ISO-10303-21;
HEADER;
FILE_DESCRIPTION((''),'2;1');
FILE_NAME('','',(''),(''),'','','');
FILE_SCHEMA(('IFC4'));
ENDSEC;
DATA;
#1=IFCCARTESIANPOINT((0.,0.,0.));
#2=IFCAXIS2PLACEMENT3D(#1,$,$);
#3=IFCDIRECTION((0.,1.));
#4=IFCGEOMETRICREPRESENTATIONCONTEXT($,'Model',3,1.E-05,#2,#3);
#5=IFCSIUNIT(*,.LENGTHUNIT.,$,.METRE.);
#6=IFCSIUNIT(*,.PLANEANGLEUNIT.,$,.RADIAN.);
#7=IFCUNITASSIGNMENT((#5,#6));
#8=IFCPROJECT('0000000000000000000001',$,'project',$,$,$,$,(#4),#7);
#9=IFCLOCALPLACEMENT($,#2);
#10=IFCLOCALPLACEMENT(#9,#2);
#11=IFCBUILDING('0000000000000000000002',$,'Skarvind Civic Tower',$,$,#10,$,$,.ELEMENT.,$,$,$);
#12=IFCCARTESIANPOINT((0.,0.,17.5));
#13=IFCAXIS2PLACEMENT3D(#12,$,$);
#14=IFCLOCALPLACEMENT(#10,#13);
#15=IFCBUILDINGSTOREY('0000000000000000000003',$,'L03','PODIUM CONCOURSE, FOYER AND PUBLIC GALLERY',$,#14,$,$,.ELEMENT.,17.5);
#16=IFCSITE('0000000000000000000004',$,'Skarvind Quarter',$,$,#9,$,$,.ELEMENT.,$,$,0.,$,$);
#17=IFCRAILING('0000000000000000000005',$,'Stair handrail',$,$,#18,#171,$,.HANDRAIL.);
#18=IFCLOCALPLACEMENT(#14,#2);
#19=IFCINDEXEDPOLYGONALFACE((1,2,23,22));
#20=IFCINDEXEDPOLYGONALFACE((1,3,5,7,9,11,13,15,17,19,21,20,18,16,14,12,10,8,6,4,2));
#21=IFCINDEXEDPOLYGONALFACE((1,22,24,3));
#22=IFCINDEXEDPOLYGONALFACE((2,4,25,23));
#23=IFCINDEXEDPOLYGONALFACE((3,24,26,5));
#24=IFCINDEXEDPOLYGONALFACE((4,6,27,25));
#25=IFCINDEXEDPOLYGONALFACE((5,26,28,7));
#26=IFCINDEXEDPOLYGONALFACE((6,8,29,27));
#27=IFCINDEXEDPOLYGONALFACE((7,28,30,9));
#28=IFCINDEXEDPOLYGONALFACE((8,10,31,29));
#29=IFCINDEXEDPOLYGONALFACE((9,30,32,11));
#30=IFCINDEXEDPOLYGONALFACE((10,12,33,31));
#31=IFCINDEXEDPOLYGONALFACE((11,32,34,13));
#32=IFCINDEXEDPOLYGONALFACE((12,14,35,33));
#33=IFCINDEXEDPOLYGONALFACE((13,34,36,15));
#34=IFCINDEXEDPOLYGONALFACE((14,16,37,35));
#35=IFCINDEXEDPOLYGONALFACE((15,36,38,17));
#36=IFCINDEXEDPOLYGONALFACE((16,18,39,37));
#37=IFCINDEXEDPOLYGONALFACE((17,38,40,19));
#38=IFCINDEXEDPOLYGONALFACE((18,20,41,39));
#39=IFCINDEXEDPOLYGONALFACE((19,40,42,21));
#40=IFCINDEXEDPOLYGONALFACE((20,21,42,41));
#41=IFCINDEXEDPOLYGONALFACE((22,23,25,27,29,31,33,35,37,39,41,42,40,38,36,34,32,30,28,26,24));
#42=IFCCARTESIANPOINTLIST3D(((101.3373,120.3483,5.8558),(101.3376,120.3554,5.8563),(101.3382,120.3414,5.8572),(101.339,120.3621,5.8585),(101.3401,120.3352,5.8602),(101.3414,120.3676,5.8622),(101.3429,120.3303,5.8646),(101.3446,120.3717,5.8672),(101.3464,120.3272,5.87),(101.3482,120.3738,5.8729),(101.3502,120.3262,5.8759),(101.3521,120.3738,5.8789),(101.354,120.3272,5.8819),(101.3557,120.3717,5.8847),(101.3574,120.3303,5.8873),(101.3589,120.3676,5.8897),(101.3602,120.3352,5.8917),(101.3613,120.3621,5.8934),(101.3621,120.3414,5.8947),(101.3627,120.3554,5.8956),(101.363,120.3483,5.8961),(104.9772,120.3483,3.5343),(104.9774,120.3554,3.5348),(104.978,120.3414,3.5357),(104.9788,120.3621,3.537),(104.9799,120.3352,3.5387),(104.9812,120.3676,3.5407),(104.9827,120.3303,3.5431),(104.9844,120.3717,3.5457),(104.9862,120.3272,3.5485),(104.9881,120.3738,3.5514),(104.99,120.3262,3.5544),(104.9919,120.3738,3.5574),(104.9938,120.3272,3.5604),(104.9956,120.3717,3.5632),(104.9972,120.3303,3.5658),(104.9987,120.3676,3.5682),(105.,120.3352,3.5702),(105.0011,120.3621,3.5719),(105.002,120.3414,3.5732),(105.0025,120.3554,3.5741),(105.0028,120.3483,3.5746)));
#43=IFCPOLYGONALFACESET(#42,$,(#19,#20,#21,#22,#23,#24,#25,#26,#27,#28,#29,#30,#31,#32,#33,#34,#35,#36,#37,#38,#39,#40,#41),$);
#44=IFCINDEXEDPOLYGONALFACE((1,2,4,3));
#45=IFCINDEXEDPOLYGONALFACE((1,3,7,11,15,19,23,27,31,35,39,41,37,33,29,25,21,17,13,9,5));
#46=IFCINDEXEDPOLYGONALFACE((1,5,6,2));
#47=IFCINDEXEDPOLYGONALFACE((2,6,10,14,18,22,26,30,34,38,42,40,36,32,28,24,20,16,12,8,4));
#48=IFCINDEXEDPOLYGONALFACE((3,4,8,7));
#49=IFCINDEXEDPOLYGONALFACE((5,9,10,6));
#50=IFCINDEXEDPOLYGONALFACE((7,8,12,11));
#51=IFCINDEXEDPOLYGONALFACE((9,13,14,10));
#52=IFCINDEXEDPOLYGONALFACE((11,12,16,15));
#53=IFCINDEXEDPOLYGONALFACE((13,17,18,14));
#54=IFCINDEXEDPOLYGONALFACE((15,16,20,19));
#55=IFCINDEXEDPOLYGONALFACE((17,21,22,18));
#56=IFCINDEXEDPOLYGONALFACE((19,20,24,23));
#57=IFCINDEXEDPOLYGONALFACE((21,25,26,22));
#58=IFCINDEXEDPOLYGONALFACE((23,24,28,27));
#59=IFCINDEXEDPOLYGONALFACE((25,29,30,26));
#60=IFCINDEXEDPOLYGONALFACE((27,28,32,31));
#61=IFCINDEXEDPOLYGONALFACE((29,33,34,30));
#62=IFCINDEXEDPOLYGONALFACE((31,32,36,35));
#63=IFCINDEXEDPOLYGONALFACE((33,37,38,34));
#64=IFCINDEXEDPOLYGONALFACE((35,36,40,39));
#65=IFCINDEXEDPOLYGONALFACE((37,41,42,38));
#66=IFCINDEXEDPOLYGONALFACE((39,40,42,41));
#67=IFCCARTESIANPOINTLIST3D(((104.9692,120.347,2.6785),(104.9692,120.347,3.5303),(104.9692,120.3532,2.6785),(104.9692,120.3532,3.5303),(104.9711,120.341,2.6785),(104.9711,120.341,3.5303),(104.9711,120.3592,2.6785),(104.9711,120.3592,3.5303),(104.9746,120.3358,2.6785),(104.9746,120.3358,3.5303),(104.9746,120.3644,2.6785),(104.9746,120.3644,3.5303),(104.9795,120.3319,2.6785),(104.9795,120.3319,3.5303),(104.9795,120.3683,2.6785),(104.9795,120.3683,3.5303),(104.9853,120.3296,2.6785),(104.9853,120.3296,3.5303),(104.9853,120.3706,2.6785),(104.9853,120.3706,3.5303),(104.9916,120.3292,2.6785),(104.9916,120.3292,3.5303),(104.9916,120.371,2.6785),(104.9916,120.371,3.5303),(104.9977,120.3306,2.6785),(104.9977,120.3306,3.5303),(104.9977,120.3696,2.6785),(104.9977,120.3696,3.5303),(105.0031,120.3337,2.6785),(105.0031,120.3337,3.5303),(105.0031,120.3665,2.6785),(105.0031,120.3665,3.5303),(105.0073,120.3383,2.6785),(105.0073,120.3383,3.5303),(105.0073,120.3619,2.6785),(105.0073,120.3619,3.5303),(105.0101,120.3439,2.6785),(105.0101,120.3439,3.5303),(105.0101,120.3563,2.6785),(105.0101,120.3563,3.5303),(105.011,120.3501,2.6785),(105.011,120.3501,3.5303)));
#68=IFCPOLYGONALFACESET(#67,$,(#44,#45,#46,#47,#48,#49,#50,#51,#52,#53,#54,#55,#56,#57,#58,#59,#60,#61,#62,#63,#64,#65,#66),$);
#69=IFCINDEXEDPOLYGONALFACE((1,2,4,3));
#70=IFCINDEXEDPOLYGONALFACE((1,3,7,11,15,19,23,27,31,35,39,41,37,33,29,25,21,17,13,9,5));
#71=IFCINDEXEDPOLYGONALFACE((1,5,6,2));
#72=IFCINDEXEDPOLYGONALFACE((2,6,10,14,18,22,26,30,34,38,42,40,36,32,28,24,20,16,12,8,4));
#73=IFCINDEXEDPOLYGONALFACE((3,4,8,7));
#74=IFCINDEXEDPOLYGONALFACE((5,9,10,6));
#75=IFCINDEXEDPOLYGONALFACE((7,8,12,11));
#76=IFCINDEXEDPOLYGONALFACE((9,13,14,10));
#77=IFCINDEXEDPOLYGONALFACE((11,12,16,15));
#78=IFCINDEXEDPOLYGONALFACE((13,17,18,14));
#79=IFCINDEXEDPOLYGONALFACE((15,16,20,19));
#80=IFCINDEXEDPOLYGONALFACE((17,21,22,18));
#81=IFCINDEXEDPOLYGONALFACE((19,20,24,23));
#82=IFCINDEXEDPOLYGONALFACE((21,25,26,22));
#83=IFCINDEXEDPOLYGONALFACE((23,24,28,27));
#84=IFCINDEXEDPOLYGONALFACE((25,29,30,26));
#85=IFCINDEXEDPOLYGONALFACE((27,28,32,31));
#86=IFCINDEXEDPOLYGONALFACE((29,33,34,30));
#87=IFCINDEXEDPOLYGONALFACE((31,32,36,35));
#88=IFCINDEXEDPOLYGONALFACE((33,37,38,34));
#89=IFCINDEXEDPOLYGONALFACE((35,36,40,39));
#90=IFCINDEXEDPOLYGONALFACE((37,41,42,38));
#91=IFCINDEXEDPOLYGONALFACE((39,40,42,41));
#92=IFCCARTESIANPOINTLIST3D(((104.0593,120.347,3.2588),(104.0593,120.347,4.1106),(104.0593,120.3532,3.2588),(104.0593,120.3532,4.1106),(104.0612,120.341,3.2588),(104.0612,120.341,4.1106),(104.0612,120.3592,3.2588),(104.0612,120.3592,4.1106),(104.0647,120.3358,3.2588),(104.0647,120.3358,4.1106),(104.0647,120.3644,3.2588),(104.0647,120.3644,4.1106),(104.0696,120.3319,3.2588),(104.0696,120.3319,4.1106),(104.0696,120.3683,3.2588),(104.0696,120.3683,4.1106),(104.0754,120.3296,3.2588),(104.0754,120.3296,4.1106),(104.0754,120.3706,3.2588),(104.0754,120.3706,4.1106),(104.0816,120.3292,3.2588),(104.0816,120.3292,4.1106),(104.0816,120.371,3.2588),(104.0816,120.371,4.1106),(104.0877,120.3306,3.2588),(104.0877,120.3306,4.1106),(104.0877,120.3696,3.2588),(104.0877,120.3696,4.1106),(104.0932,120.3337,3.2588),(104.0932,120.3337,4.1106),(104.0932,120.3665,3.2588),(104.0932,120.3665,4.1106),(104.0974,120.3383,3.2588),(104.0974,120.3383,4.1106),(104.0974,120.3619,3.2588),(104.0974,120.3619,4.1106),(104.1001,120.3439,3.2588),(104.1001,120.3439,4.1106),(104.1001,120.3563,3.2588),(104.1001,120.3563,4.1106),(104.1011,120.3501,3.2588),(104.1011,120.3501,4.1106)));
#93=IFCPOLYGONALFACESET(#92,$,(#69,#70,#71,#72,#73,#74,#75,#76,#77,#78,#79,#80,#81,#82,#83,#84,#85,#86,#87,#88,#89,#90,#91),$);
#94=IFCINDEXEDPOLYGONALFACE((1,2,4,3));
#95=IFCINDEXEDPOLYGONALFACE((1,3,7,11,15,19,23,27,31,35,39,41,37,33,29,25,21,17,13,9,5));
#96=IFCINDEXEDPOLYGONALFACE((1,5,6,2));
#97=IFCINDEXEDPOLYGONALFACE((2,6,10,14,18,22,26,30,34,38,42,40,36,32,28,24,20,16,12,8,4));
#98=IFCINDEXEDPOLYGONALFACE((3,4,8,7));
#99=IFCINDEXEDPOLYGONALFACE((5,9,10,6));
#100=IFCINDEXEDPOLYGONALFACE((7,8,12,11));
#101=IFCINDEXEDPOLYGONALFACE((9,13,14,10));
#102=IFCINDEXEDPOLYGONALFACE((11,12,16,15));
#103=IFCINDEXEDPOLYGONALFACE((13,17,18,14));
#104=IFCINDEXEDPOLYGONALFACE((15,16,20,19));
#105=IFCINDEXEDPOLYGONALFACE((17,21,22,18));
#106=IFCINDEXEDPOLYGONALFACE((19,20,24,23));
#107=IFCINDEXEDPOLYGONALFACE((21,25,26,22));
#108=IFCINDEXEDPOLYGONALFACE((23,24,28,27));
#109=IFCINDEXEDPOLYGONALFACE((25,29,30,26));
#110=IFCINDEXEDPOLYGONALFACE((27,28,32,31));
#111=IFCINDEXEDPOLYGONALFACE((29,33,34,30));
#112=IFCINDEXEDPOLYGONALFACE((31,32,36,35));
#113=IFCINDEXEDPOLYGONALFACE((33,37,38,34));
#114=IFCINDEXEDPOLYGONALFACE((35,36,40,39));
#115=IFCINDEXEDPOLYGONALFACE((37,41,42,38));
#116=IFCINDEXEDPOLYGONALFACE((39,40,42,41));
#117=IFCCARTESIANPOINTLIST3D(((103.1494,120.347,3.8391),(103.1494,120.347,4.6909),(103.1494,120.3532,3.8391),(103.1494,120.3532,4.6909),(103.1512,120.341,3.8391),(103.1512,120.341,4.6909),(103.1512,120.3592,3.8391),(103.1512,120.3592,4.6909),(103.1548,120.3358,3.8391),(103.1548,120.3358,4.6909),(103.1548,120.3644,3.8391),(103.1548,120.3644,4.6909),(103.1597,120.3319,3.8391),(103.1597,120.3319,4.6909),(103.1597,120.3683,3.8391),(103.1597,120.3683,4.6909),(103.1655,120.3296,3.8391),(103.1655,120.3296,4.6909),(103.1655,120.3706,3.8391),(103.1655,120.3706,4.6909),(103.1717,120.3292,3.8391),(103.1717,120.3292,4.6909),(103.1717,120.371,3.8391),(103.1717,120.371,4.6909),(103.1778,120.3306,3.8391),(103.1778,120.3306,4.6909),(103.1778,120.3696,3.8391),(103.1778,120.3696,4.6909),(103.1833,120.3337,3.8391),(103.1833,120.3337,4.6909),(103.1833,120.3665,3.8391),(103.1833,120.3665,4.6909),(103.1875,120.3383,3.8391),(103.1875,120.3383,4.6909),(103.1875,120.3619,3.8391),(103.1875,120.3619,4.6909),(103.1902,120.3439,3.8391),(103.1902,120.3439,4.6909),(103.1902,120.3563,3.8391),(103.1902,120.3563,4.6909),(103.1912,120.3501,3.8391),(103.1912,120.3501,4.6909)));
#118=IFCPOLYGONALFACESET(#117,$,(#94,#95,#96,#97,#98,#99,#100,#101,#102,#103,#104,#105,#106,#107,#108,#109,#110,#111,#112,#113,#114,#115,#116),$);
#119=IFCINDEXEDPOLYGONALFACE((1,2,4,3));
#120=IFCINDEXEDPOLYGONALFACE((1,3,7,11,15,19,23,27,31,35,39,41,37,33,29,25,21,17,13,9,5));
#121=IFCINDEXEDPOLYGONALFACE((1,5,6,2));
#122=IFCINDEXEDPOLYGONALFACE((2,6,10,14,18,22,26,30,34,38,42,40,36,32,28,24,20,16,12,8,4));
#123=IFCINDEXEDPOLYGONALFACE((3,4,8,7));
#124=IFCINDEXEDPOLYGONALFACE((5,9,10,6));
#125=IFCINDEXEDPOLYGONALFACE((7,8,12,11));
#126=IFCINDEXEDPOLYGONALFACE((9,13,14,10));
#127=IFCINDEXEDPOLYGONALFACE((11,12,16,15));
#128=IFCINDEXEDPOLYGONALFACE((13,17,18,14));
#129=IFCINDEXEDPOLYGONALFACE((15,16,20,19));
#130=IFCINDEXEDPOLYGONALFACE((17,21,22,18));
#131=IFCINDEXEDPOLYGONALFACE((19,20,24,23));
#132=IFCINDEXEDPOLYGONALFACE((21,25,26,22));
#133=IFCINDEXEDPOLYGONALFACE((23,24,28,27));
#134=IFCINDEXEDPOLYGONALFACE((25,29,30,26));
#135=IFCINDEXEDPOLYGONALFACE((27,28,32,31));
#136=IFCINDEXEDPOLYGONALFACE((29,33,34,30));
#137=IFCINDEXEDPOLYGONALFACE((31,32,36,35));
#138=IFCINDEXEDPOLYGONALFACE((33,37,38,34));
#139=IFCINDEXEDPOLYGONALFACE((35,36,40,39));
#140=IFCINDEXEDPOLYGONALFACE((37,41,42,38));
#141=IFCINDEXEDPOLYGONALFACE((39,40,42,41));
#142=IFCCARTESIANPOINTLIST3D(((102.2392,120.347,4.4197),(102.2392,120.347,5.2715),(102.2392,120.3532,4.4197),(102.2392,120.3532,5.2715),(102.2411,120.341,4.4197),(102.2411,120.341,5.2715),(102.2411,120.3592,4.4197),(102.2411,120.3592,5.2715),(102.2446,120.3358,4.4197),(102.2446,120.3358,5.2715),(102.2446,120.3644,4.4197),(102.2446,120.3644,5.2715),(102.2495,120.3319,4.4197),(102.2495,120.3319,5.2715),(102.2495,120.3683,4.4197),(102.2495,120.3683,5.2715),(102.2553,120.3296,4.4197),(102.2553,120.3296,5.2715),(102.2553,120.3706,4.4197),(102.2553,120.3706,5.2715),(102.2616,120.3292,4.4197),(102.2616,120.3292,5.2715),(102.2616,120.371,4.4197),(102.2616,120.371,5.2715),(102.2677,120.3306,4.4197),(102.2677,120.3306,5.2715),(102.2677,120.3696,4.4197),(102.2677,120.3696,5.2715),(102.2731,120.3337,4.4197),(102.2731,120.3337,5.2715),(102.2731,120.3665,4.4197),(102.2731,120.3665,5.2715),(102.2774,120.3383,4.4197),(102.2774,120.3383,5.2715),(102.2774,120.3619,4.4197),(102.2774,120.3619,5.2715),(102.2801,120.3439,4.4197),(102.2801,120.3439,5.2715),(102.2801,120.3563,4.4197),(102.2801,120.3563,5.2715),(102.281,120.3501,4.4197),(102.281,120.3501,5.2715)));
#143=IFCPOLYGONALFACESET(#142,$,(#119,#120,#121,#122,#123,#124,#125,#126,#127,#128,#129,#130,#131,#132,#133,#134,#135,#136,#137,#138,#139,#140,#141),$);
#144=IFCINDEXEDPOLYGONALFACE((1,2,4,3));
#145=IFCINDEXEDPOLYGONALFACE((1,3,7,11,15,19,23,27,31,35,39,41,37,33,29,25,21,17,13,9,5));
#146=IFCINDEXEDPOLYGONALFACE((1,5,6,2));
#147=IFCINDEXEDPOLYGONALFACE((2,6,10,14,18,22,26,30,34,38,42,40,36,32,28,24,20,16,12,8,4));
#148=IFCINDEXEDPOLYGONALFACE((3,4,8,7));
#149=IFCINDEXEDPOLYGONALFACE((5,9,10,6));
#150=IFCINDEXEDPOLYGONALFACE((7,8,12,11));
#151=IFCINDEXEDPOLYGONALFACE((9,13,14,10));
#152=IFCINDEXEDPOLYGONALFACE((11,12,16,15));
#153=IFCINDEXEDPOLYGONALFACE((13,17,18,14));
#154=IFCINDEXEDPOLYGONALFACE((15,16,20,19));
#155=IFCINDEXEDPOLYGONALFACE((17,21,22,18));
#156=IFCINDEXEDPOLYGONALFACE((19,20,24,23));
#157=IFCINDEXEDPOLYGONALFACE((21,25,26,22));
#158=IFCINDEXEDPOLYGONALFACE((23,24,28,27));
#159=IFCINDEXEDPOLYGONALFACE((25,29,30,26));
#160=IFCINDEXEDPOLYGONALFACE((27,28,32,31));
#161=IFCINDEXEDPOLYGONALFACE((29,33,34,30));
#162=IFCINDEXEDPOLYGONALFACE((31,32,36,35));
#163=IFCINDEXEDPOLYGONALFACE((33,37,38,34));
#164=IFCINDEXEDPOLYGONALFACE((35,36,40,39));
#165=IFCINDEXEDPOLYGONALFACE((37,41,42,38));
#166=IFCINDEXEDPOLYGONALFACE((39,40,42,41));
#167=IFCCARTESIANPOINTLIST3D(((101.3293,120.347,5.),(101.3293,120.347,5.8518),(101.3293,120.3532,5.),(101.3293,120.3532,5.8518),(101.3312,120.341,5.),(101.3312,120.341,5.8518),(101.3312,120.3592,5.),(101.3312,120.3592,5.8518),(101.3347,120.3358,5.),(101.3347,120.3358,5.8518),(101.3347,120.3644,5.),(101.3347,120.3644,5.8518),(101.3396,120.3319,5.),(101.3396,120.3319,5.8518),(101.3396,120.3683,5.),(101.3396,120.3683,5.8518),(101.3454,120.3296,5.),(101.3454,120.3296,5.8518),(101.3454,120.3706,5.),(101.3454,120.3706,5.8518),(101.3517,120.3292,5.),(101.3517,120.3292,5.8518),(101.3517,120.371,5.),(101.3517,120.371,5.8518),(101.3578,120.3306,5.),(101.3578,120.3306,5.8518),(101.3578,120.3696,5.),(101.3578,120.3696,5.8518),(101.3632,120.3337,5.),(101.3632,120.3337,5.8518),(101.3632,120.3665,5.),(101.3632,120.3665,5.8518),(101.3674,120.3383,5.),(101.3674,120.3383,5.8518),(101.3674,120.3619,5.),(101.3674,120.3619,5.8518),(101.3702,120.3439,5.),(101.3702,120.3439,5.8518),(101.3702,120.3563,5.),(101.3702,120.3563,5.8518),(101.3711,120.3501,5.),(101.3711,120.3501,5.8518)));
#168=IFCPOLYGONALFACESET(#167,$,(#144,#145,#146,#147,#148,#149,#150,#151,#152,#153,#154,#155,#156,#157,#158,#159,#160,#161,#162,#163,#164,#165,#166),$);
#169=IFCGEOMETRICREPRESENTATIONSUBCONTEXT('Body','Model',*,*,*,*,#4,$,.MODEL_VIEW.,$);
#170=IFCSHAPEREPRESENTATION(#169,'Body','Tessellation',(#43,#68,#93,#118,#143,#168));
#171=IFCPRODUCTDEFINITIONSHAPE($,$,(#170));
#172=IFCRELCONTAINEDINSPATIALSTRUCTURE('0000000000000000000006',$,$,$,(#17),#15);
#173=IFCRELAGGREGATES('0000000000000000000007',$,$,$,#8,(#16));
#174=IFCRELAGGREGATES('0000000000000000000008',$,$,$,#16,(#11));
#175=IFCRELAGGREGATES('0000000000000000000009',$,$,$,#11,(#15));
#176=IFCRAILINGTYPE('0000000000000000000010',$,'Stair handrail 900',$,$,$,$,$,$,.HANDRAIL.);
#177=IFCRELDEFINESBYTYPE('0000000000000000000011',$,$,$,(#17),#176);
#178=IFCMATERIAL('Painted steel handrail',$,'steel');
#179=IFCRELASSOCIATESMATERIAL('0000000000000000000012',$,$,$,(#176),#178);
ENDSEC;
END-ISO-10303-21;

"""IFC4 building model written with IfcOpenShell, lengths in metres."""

from ifc_helpers import new_model, si_unit, direction, frame, origin, origin_2d, place, context, subcontext, project, spatial, circle, extrude, material, type_object, element, save


model = new_model("IFC4")

# Units and contexts
model_context = context("Model", 3, precision=1e-05, world=origin(), true_north=direction((0.0, 1.0)))
body_context = subcontext(model_context, "Body", "Model", "MODEL_VIEW")
ifc_project = project(units=[si_unit("LENGTHUNIT", "METRE"), si_unit("PLANEANGLEUNIT", "RADIAN")], contexts=[model_context])

# Site, building, storey
site_placement = place(None, origin())
site = spatial("IfcSite", under=ifc_project, at=site_placement, Name="Skarvind Quarter", CompositionType="ELEMENT", RefElevation=0.0)
building_placement = place(site_placement, origin())
building = spatial("IfcBuilding", under=site, at=building_placement, Name="Skarvind Civic Tower", CompositionType="ELEMENT")
storey_placement = place(building_placement, frame((0.0, 0.0, 17.5)))
storey = spatial("IfcBuildingStorey", under=building, at=storey_placement, Name="L03", Description="PODIUM CONCOURSE, FOYER AND PUBLIC GALLERY", CompositionType="ELEMENT", Elevation=17.5)

# Railing
ifc_material_1 = material(Name="Painted steel handrail", Category="steel")
railing_type = type_object("IfcRailingType", Name="Stair handrail 900", PredefinedType="HANDRAIL", material=ifc_material_1)
railing_1_placement = place(storey_placement, frame((104.99, 120.3501, 2.6785)))
element("IfcRailing", 1, at=railing_1_placement, inside=storey, type_object=railing_type, Name="Stair handrail", PredefinedType="HANDRAIL", context=body_context, shape_type="SweptSolid", body=[
    extrude(circle(Radius=0.0239, at=origin_2d()), frame((0.0, 0.0, 0.876), z_axis=(-0.843112, 0.0, 0.537739), x_axis=(0.0, -1.0, 0.0)), (0.0, 0.0, 1.0), 4.3171),
    extrude(circle(Radius=0.021, at=origin_2d()), origin(), (0.0, 0.0, 1.0), 0.8518),
    extrude(circle(Radius=0.021, at=origin_2d()), frame((-0.9099, 0.0, 0.5803)), (0.0, 0.0, 1.0), 0.8518),
    extrude(circle(Radius=0.021, at=origin_2d()), frame((-1.8198, 0.0, 1.1606)), (0.0, 0.0, 1.0), 0.8518),
    extrude(circle(Radius=0.021, at=origin_2d()), frame((-2.73, 0.0, 1.7412)), (0.0, 0.0, 1.0), 0.8518),
    extrude(circle(Radius=0.021, at=origin_2d()), frame((-3.6399, 0.0, 2.3215)), (0.0, 0.0, 1.0), 0.8518),
])

save(model, "model.ifc")
